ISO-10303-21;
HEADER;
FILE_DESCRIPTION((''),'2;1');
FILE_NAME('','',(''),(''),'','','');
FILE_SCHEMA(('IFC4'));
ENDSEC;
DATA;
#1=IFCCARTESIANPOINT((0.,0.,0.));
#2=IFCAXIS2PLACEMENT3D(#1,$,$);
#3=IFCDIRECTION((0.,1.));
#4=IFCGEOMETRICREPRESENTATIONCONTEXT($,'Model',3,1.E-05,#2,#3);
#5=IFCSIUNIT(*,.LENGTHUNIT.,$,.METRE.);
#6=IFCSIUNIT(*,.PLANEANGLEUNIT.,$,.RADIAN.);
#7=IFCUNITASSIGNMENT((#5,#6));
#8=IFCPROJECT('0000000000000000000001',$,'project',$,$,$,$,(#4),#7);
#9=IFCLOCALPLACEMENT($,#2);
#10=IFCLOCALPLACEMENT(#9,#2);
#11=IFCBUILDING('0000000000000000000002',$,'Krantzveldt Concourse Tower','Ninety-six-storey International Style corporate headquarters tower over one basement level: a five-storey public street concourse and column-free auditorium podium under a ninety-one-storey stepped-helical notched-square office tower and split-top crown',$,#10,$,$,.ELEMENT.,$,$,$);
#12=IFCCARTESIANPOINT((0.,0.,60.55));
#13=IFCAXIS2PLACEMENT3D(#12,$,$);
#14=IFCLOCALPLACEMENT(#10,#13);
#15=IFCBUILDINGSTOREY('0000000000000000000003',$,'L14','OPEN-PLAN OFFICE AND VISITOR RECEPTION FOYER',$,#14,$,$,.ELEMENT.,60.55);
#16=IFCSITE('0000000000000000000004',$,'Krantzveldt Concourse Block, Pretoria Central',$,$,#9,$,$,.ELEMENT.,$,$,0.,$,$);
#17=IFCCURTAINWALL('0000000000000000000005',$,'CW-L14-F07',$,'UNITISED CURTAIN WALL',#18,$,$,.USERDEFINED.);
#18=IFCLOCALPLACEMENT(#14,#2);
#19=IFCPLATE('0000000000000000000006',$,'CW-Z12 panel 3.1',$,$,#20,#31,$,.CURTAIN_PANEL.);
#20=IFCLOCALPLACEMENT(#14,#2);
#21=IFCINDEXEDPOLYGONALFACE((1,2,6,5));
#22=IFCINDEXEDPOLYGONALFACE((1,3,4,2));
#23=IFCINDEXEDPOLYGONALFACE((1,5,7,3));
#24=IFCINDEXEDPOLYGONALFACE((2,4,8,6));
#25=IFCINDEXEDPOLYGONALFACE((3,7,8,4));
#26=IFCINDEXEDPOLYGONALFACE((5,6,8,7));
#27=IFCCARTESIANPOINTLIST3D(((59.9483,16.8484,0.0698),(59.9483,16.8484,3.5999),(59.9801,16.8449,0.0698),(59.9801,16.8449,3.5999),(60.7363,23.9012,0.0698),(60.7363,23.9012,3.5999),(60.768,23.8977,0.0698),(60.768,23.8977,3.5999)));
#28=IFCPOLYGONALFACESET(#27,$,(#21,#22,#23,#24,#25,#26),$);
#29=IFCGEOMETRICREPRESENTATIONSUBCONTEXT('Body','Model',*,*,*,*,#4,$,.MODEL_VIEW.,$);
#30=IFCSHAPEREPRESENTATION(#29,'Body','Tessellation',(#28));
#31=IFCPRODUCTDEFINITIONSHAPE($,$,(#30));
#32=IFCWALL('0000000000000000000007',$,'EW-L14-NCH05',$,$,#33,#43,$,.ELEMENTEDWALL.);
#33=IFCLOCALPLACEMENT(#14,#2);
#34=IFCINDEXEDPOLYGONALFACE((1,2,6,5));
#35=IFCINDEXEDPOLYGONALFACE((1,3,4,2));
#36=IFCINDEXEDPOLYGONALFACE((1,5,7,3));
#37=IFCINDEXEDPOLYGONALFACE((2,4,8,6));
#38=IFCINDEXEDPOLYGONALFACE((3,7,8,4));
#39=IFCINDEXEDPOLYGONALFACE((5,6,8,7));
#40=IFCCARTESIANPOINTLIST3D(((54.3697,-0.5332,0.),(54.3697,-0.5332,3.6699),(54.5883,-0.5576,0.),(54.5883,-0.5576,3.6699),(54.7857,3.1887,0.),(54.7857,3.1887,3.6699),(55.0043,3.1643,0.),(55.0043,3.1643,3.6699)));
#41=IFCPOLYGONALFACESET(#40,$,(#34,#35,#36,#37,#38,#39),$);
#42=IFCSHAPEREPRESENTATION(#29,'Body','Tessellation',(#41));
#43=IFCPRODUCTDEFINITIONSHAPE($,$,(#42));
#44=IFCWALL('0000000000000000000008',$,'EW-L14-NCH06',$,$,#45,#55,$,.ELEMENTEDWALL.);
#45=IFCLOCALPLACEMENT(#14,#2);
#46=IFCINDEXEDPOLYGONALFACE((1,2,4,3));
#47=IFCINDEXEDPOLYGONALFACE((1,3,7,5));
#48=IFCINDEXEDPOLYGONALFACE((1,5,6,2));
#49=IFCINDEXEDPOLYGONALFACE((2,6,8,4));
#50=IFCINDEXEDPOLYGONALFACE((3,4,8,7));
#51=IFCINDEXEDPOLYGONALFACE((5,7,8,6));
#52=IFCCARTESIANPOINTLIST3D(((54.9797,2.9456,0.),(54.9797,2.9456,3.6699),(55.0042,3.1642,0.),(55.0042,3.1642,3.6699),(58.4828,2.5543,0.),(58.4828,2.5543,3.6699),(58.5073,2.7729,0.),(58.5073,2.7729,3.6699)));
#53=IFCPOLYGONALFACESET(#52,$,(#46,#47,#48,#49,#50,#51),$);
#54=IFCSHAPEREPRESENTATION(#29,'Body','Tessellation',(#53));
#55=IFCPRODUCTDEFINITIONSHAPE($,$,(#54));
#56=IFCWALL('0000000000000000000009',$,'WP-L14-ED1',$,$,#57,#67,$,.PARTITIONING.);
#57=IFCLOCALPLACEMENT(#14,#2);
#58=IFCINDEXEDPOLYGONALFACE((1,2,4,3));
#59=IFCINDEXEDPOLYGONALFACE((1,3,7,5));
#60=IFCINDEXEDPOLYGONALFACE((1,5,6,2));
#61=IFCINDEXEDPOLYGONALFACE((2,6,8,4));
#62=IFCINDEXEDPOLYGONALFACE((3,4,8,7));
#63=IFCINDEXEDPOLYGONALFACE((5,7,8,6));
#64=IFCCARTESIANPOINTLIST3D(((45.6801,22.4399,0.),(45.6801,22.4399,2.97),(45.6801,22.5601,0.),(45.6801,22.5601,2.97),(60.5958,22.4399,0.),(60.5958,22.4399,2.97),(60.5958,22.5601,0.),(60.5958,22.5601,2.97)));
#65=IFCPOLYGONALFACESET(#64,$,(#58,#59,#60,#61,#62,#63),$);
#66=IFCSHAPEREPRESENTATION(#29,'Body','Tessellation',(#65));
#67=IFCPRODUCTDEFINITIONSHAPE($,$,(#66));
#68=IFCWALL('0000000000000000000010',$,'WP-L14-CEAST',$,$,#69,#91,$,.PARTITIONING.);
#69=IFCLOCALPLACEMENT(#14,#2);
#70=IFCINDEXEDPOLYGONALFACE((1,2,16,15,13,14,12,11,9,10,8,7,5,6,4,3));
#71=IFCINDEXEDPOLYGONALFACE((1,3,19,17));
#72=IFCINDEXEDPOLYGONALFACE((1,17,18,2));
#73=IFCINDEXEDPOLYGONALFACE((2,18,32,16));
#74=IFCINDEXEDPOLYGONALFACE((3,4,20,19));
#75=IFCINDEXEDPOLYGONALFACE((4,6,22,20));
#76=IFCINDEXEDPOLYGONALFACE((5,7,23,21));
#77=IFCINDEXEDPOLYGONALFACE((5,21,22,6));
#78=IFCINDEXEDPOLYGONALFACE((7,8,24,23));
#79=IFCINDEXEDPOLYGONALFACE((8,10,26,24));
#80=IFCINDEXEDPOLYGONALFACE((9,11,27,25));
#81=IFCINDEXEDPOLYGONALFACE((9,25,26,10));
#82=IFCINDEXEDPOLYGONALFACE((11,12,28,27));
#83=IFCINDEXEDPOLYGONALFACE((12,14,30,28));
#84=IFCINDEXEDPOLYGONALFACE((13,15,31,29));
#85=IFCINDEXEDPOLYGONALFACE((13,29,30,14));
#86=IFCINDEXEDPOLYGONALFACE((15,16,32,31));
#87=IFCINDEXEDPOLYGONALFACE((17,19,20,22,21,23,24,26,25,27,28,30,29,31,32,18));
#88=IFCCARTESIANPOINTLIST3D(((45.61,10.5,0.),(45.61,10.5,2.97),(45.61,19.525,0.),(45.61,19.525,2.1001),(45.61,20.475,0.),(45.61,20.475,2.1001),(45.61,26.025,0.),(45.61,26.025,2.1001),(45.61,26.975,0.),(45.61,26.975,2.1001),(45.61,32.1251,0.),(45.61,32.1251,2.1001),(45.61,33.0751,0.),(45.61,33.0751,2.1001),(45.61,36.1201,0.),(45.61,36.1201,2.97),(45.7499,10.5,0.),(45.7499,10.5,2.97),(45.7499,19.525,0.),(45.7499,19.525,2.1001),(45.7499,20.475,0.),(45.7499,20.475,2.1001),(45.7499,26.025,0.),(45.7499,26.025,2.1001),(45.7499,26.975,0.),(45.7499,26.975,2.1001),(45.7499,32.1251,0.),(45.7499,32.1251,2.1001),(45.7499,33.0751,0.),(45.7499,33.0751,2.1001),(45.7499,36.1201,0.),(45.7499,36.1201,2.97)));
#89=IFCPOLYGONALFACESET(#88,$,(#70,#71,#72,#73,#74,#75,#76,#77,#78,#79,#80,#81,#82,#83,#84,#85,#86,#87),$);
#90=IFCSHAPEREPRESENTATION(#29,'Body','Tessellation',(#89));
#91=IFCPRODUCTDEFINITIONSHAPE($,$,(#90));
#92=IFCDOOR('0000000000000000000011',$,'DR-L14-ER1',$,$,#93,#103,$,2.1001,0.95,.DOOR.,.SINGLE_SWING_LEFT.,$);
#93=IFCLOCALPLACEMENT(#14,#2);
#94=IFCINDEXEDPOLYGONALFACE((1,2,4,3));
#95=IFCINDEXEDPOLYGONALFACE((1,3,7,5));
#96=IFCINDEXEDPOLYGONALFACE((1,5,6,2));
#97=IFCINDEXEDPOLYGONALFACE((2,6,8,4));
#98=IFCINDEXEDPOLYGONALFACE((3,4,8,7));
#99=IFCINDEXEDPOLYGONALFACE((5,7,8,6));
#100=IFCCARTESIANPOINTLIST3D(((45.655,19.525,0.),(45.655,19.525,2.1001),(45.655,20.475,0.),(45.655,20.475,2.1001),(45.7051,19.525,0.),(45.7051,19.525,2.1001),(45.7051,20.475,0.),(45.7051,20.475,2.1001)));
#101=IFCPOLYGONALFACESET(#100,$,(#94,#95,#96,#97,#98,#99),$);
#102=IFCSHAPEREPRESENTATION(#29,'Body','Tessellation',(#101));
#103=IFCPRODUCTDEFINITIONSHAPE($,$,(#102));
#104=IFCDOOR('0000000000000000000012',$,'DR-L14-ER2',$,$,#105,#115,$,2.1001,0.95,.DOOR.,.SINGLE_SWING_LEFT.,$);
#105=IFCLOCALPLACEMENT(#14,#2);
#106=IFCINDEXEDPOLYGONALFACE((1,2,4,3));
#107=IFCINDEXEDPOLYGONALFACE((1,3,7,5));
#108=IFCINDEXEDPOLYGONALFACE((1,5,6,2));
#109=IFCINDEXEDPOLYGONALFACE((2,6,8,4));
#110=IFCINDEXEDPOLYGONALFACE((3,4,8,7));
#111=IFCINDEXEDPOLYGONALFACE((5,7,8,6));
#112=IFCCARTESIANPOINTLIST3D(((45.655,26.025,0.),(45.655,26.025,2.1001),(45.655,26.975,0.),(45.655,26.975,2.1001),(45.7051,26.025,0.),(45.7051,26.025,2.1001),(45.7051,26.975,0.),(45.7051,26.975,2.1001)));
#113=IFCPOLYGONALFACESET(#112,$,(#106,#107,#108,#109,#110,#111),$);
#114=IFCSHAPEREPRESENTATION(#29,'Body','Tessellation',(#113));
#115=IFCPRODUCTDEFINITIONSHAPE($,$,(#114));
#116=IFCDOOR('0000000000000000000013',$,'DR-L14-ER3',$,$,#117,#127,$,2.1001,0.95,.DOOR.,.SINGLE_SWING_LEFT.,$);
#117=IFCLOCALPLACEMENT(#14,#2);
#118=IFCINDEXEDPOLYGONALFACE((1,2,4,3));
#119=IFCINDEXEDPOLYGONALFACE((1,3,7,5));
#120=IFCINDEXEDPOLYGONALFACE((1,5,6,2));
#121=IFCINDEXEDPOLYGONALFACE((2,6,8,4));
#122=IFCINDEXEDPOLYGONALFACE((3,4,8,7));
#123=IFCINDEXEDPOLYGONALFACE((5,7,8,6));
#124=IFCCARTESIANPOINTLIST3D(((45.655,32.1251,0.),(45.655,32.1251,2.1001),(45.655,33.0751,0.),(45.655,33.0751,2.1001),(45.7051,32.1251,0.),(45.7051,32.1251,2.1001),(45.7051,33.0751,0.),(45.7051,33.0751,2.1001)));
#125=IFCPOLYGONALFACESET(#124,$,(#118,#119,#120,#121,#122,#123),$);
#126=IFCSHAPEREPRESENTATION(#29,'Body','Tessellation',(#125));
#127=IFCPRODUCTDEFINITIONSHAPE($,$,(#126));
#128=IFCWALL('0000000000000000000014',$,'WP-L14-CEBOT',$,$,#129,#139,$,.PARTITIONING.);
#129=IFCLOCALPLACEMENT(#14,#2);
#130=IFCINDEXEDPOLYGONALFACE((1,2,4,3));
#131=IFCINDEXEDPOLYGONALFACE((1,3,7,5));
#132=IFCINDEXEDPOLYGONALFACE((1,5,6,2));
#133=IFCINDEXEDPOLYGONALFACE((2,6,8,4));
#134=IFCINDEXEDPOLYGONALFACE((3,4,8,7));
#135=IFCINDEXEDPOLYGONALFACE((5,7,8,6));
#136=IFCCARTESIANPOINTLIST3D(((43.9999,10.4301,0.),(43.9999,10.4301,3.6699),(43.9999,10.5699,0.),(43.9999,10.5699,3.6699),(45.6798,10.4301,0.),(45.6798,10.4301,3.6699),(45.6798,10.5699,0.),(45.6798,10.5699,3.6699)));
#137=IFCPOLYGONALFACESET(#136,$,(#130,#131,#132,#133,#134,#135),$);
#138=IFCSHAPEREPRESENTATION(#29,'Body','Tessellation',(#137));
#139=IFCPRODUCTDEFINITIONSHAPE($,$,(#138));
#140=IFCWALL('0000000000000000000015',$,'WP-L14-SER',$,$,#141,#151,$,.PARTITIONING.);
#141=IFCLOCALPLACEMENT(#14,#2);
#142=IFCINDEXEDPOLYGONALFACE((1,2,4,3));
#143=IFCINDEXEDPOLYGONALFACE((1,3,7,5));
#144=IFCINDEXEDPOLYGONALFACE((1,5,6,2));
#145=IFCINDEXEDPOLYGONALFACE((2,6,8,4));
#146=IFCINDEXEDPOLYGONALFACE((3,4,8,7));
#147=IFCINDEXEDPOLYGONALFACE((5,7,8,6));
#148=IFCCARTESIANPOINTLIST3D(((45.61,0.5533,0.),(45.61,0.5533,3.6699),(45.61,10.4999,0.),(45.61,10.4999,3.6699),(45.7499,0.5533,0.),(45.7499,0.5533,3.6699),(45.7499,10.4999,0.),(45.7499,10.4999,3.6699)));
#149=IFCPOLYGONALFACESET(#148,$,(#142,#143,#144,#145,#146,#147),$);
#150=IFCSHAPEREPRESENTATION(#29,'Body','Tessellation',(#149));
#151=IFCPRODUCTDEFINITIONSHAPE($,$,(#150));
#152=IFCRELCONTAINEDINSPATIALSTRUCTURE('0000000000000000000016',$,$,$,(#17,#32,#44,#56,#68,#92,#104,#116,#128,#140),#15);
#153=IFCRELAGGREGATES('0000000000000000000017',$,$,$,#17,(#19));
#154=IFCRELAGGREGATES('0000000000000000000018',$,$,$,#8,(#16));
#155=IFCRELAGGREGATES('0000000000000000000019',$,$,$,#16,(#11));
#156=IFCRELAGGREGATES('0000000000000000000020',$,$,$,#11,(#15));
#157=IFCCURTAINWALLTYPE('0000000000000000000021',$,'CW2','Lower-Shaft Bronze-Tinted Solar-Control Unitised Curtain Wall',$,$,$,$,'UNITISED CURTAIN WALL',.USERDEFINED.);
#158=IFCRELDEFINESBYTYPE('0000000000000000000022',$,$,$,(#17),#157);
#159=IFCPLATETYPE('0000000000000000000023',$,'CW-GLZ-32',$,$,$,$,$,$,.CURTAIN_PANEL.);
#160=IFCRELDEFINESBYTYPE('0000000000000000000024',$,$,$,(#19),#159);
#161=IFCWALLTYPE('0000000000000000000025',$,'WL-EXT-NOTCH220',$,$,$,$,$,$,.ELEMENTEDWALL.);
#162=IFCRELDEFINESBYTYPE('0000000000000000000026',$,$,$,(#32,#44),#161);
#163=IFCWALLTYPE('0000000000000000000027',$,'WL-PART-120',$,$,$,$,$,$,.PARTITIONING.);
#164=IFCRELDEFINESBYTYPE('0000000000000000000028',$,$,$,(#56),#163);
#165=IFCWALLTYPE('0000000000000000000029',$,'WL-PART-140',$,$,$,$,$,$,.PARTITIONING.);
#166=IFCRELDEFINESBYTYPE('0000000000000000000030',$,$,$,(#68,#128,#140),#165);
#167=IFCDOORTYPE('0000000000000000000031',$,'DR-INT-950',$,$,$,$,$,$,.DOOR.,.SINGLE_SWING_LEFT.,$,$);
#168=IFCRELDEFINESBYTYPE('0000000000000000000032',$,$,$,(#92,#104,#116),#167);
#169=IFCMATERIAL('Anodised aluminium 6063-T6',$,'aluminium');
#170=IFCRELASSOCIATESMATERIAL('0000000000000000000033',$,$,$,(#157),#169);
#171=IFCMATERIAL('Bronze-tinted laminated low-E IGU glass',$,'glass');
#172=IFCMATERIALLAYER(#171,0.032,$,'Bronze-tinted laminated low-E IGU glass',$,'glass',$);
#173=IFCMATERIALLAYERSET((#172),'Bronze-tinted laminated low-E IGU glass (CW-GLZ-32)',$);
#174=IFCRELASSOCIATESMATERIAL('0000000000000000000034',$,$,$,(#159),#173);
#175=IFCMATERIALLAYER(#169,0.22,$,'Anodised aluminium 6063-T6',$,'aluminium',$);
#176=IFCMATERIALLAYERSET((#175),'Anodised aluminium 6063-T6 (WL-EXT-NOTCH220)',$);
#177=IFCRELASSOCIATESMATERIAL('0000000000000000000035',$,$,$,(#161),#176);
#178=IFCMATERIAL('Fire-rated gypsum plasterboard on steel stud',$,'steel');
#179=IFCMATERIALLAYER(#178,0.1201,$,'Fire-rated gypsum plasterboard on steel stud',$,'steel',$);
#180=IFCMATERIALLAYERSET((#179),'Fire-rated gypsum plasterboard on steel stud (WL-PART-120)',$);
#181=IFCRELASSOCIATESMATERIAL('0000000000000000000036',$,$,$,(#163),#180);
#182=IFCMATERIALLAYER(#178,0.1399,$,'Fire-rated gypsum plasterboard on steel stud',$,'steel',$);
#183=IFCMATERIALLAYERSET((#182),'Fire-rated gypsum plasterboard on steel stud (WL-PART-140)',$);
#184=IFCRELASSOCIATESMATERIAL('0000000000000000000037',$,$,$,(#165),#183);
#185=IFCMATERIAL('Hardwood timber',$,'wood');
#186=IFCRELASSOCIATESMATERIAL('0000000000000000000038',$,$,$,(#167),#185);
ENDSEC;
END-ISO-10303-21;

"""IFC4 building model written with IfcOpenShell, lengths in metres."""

from ifc_helpers import new_model, si_unit, direction, frame, frame_2d, origin, origin_2d, place, context, subcontext, project, spatial, rectangle, extrude, source, transform, mapped, material, layer, layer_set, type_object, element, fill, aggregate, save


model = new_model("IFC4")

# Units and contexts
model_context = context("Model", 3, precision=1e-05, world=origin(), true_north=direction((0.0, 1.0)))
body_context = subcontext(model_context, "Body", "Model", "MODEL_VIEW")
ifc_project = project(units=[si_unit("LENGTHUNIT", "METRE"), si_unit("PLANEANGLEUNIT", "RADIAN")], contexts=[model_context])

# Site, building, storey
site_placement = place(None, origin())
site = spatial("IfcSite", under=ifc_project, at=site_placement, Name="Krantzveldt Concourse Block, Pretoria Central", CompositionType="ELEMENT", RefElevation=0.0)
building_placement = place(site_placement, origin())
building = spatial("IfcBuilding", under=site, at=building_placement, Name="Krantzveldt Concourse Tower", Description="Ninety-six-storey International Style corporate headquarters tower over one basement level: a five-storey public street concourse and column-free auditorium podium under a ninety-one-storey stepped-helical notched-square office tower and split-top crown", CompositionType="ELEMENT")
storey_placement = place(building_placement, frame((0.0, 0.0, 60.55)))
storey = spatial("IfcBuildingStorey", under=building, at=storey_placement, Name="L14", Description="OPEN-PLAN OFFICE AND VISITOR RECEPTION FOYER", CompositionType="ELEMENT", Elevation=60.55)

# Curtain wall
ifc_material_1 = material(Name="Anodised aluminium 6063-T6", Category="aluminium")
curtain_wall_type = type_object("IfcCurtainWallType", Name="CW2", Description="Lower-Shaft Bronze-Tinted Solar-Control Unitised Curtain Wall", ElementType="UNITISED CURTAIN WALL", PredefinedType="USERDEFINED", material=ifc_material_1)
curtain_wall_1_placement = place(storey_placement, origin())
curtain_wall_1 = element("IfcCurtainWall", 1, at=curtain_wall_1_placement, inside=storey, type_object=curtain_wall_type, Name="CW-L14-F07", ObjectType="UNITISED CURTAIN WALL", PredefinedType="USERDEFINED")

# Plate
ifc_material_2 = material(Name="Bronze-tinted laminated low-E IGU glass", Category="glass")
ifc_layer_1 = layer(ifc_material_2, 0.032, Name="Bronze-tinted laminated low-E IGU glass", Category="glass")
ifc_layer_set_1 = layer_set([ifc_layer_1], Name="Bronze-tinted laminated low-E IGU glass (CW-GLZ-32)")
plate_type = type_object("IfcPlateType", Name="CW-GLZ-32", PredefinedType="CURTAIN_PANEL", material=ifc_layer_set_1)
shared_shape_1 = source(origin(), body_context, "Body", "SweptSolid", [
    extrude(rectangle(XDim=7.0967, YDim=0.032, at=origin_2d()), origin(), (0.0, 0.0, 1.0), 3.53),
])
plate_1_placement = place(storey_placement, frame((60.3582, 20.373, 0.0698), z_axis=(0.0, 0.0, 1.0), x_axis=(0.111035, 0.993816, 0.0)))
plate_1 = element("IfcPlate", 2, at=plate_1_placement, type_object=plate_type, Name="CW-Z12 panel 3.1", PredefinedType="CURTAIN_PANEL", context=body_context, shape_type="MappedRepresentation", body=[
    mapped(shared_shape_1, transform((0.0, 0.0, 0.0), x_axis=(1.0, 0.0, 0.0), y_axis=(0.0, 1.0, 0.0), z_axis=(0.0, 0.0, 1.0), scale=1.0)),
])
aggregate(curtain_wall_1, [plate_1])

# Walls
ifc_layer_2 = layer(ifc_material_1, 0.22, Name="Anodised aluminium 6063-T6", Category="aluminium")
ifc_layer_set_2 = layer_set([ifc_layer_2], Name="Anodised aluminium 6063-T6 (WL-EXT-NOTCH220)")
wall_type_1 = type_object("IfcWallType", Name="WL-EXT-NOTCH220", PredefinedType="ELEMENTEDWALL", material=ifc_layer_set_2)
wall_1_placement = place(storey_placement, frame((54.479, -0.5454, 0.0), z_axis=(0.0, 0.0, 1.0), x_axis=(0.111083, 0.993811, 0.0)))
element("IfcWall", 3, at=wall_1_placement, inside=storey, type_object=wall_type_1, Name="EW-L14-NCH05", PredefinedType="ELEMENTEDWALL", context=body_context, shape_type="SweptSolid", body=[
    extrude(rectangle(XDim=3.7451, YDim=0.22, at=frame_2d((1.8726, 0.0))), origin(), (0.0, 0.0, 1.0), 3.6699),
])
wall_2_placement = place(storey_placement, frame((54.9919, 3.0549, 0.0), z_axis=(0.0, 0.0, 1.0), x_axis=(0.993818, -0.111024, 0.0)))
element("IfcWall", 4, at=wall_2_placement, inside=storey, type_object=wall_type_1, Name="EW-L14-NCH06", PredefinedType="ELEMENTEDWALL", context=body_context, shape_type="SweptSolid", body=[
    extrude(rectangle(XDim=3.5249, YDim=0.22, at=frame_2d((1.7625, 0.0))), origin(), (0.0, 0.0, 1.0), 3.6699),
])
ifc_material_3 = material(Name="Fire-rated gypsum plasterboard on steel stud", Category="steel")
ifc_layer_3 = layer(ifc_material_3, 0.1201, Name="Fire-rated gypsum plasterboard on steel stud", Category="steel")
ifc_layer_set_3 = layer_set([ifc_layer_3], Name="Fire-rated gypsum plasterboard on steel stud (WL-PART-120)")
wall_type_2 = type_object("IfcWallType", Name="WL-PART-120", PredefinedType="PARTITIONING", material=ifc_layer_set_3)
wall_3_placement = place(storey_placement, frame((45.6799, 22.5, 0.0), z_axis=(0.0, 0.0, 1.0), x_axis=(1.0, 0.0, 0.0)))
element("IfcWall", 5, at=wall_3_placement, inside=storey, type_object=wall_type_2, Name="WP-L14-ED1", PredefinedType="PARTITIONING", context=body_context, shape_type="SweptSolid", body=[
    extrude(rectangle(XDim=14.9158, YDim=0.1201, at=frame_2d((7.458, 0.0))), origin(), (0.0, 0.0, 1.0), 2.97),
])

# Wall, openings, doors
ifc_layer_4 = layer(ifc_material_3, 0.1399, Name="Fire-rated gypsum plasterboard on steel stud", Category="steel")
ifc_layer_set_4 = layer_set([ifc_layer_4], Name="Fire-rated gypsum plasterboard on steel stud (WL-PART-140)")
wall_type_3 = type_object("IfcWallType", Name="WL-PART-140", PredefinedType="PARTITIONING", material=ifc_layer_set_4)
wall_4_placement = place(storey_placement, frame((45.6799, 10.5, 0.0), z_axis=(0.0, 0.0, 1.0), x_axis=(0.0, 1.0, 0.0)))
wall_4 = element("IfcWall", 6, at=wall_4_placement, inside=storey, type_object=wall_type_3, Name="WP-L14-CEAST", PredefinedType="PARTITIONING", context=body_context, shape_type="SweptSolid", body=[
    extrude(rectangle(XDim=25.6201, YDim=0.1399, at=frame_2d((12.8101, 0.0))), origin(), (0.0, 0.0, 1.0), 2.97),
])
opening_1_placement = place(wall_4_placement, frame((9.0249, 0.0, 0.0)))
opening_1 = element("IfcOpeningElement", 7, at=opening_1_placement, cuts=wall_4, PredefinedType="OPENING", context=body_context, shape_type="SweptSolid", body=[
    extrude(rectangle(XDim=0.95, YDim=2.1001, at=frame_2d((0.4751, 1.05))), frame((0.0, 0.0801, 0.0), z_axis=(0.0, -1.0, 0.0), x_axis=(1.0, 0.0, 0.0)), (0.0, 0.0, 1.0), 0.1599),
])
opening_2_placement = place(wall_4_placement, frame((15.5249, 0.0, 0.0)))
opening_2 = element("IfcOpeningElement", 8, at=opening_2_placement, cuts=wall_4, PredefinedType="OPENING", context=body_context, shape_type="SweptSolid", body=[
    extrude(rectangle(XDim=0.95, YDim=2.1001, at=frame_2d((0.4751, 1.05))), frame((0.0, 0.0801, 0.0), z_axis=(0.0, -1.0, 0.0), x_axis=(1.0, 0.0, 0.0)), (0.0, 0.0, 1.0), 0.1599),
])
opening_3_placement = place(wall_4_placement, frame((21.625, 0.0, 0.0)))
opening_3 = element("IfcOpeningElement", 9, at=opening_3_placement, cuts=wall_4, PredefinedType="OPENING", context=body_context, shape_type="SweptSolid", body=[
    extrude(rectangle(XDim=0.95, YDim=2.1001, at=frame_2d((0.4751, 1.05))), frame((0.0, 0.0801, 0.0), z_axis=(0.0, -1.0, 0.0), x_axis=(1.0, 0.0, 0.0)), (0.0, 0.0, 1.0), 0.1599),
])
ifc_material_4 = material(Name="Hardwood timber", Category="wood")
door_type = type_object("IfcDoorType", Name="DR-INT-950", OperationType="SINGLE_SWING_LEFT", PredefinedType="DOOR", material=ifc_material_4)
door_1_placement = place(opening_1_placement, origin())
door_1 = element("IfcDoor", 10, at=door_1_placement, inside=storey, type_object=door_type, Name="DR-L14-ER1", OperationType="SINGLE_SWING_LEFT", OverallHeight=2.1001, OverallWidth=0.95, PredefinedType="DOOR", context=body_context, shape_type="SweptSolid", body=[
    extrude(rectangle(XDim=0.95, YDim=2.1001, at=frame_2d((0.4751, 1.05))), frame((0.0, 0.0249, 0.0), z_axis=(0.0, -1.0, 0.0), x_axis=(1.0, 0.0, 0.0)), (0.0, 0.0, 1.0), 0.05),
])
fill(opening_1, door_1)
door_2_placement = place(opening_2_placement, origin())
door_2 = element("IfcDoor", 11, at=door_2_placement, inside=storey, type_object=door_type, Name="DR-L14-ER2", OperationType="SINGLE_SWING_LEFT", OverallHeight=2.1001, OverallWidth=0.95, PredefinedType="DOOR", context=body_context, shape_type="SweptSolid", body=[
    extrude(rectangle(XDim=0.95, YDim=2.1001, at=frame_2d((0.4751, 1.05))), frame((0.0, 0.0249, 0.0), z_axis=(0.0, -1.0, 0.0), x_axis=(1.0, 0.0, 0.0)), (0.0, 0.0, 1.0), 0.05),
])
fill(opening_2, door_2)
door_3_placement = place(opening_3_placement, origin())
door_3 = element("IfcDoor", 12, at=door_3_placement, inside=storey, type_object=door_type, Name="DR-L14-ER3", OperationType="SINGLE_SWING_LEFT", OverallHeight=2.1001, OverallWidth=0.95, PredefinedType="DOOR", context=body_context, shape_type="SweptSolid", body=[
    extrude(rectangle(XDim=0.95, YDim=2.1001, at=frame_2d((0.4751, 1.05))), frame((0.0, 0.0249, 0.0), z_axis=(0.0, -1.0, 0.0), x_axis=(1.0, 0.0, 0.0)), (0.0, 0.0, 1.0), 0.05),
])
fill(opening_3, door_3)

# Walls
wall_5_placement = place(storey_placement, frame((44.0, 10.5, 0.0), z_axis=(0.0, 0.0, 1.0), x_axis=(1.0, 0.0, 0.0)))
element("IfcWall", 13, at=wall_5_placement, inside=storey, type_object=wall_type_3, Name="WP-L14-CEBOT", PredefinedType="PARTITIONING", context=body_context, shape_type="SweptSolid", body=[
    extrude(rectangle(XDim=1.6799, YDim=0.1399, at=frame_2d((0.8398, 0.0))), origin(), (0.0, 0.0, 1.0), 3.6699),
])
wall_6_placement = place(storey_placement, frame((45.6799, 0.5535, 0.0), z_axis=(0.0, 0.0, 1.0), x_axis=(0.0, 1.0, 0.0)))
element("IfcWall", 14, at=wall_6_placement, inside=storey, type_object=wall_type_3, Name="WP-L14-SER", PredefinedType="PARTITIONING", context=body_context, shape_type="SweptSolid", body=[
    extrude(rectangle(XDim=9.9465, YDim=0.1399, at=frame_2d((4.9731, 0.0))), origin(), (0.0, 0.0, 1.0), 3.6699),
])

save(model, "model.ifc")
